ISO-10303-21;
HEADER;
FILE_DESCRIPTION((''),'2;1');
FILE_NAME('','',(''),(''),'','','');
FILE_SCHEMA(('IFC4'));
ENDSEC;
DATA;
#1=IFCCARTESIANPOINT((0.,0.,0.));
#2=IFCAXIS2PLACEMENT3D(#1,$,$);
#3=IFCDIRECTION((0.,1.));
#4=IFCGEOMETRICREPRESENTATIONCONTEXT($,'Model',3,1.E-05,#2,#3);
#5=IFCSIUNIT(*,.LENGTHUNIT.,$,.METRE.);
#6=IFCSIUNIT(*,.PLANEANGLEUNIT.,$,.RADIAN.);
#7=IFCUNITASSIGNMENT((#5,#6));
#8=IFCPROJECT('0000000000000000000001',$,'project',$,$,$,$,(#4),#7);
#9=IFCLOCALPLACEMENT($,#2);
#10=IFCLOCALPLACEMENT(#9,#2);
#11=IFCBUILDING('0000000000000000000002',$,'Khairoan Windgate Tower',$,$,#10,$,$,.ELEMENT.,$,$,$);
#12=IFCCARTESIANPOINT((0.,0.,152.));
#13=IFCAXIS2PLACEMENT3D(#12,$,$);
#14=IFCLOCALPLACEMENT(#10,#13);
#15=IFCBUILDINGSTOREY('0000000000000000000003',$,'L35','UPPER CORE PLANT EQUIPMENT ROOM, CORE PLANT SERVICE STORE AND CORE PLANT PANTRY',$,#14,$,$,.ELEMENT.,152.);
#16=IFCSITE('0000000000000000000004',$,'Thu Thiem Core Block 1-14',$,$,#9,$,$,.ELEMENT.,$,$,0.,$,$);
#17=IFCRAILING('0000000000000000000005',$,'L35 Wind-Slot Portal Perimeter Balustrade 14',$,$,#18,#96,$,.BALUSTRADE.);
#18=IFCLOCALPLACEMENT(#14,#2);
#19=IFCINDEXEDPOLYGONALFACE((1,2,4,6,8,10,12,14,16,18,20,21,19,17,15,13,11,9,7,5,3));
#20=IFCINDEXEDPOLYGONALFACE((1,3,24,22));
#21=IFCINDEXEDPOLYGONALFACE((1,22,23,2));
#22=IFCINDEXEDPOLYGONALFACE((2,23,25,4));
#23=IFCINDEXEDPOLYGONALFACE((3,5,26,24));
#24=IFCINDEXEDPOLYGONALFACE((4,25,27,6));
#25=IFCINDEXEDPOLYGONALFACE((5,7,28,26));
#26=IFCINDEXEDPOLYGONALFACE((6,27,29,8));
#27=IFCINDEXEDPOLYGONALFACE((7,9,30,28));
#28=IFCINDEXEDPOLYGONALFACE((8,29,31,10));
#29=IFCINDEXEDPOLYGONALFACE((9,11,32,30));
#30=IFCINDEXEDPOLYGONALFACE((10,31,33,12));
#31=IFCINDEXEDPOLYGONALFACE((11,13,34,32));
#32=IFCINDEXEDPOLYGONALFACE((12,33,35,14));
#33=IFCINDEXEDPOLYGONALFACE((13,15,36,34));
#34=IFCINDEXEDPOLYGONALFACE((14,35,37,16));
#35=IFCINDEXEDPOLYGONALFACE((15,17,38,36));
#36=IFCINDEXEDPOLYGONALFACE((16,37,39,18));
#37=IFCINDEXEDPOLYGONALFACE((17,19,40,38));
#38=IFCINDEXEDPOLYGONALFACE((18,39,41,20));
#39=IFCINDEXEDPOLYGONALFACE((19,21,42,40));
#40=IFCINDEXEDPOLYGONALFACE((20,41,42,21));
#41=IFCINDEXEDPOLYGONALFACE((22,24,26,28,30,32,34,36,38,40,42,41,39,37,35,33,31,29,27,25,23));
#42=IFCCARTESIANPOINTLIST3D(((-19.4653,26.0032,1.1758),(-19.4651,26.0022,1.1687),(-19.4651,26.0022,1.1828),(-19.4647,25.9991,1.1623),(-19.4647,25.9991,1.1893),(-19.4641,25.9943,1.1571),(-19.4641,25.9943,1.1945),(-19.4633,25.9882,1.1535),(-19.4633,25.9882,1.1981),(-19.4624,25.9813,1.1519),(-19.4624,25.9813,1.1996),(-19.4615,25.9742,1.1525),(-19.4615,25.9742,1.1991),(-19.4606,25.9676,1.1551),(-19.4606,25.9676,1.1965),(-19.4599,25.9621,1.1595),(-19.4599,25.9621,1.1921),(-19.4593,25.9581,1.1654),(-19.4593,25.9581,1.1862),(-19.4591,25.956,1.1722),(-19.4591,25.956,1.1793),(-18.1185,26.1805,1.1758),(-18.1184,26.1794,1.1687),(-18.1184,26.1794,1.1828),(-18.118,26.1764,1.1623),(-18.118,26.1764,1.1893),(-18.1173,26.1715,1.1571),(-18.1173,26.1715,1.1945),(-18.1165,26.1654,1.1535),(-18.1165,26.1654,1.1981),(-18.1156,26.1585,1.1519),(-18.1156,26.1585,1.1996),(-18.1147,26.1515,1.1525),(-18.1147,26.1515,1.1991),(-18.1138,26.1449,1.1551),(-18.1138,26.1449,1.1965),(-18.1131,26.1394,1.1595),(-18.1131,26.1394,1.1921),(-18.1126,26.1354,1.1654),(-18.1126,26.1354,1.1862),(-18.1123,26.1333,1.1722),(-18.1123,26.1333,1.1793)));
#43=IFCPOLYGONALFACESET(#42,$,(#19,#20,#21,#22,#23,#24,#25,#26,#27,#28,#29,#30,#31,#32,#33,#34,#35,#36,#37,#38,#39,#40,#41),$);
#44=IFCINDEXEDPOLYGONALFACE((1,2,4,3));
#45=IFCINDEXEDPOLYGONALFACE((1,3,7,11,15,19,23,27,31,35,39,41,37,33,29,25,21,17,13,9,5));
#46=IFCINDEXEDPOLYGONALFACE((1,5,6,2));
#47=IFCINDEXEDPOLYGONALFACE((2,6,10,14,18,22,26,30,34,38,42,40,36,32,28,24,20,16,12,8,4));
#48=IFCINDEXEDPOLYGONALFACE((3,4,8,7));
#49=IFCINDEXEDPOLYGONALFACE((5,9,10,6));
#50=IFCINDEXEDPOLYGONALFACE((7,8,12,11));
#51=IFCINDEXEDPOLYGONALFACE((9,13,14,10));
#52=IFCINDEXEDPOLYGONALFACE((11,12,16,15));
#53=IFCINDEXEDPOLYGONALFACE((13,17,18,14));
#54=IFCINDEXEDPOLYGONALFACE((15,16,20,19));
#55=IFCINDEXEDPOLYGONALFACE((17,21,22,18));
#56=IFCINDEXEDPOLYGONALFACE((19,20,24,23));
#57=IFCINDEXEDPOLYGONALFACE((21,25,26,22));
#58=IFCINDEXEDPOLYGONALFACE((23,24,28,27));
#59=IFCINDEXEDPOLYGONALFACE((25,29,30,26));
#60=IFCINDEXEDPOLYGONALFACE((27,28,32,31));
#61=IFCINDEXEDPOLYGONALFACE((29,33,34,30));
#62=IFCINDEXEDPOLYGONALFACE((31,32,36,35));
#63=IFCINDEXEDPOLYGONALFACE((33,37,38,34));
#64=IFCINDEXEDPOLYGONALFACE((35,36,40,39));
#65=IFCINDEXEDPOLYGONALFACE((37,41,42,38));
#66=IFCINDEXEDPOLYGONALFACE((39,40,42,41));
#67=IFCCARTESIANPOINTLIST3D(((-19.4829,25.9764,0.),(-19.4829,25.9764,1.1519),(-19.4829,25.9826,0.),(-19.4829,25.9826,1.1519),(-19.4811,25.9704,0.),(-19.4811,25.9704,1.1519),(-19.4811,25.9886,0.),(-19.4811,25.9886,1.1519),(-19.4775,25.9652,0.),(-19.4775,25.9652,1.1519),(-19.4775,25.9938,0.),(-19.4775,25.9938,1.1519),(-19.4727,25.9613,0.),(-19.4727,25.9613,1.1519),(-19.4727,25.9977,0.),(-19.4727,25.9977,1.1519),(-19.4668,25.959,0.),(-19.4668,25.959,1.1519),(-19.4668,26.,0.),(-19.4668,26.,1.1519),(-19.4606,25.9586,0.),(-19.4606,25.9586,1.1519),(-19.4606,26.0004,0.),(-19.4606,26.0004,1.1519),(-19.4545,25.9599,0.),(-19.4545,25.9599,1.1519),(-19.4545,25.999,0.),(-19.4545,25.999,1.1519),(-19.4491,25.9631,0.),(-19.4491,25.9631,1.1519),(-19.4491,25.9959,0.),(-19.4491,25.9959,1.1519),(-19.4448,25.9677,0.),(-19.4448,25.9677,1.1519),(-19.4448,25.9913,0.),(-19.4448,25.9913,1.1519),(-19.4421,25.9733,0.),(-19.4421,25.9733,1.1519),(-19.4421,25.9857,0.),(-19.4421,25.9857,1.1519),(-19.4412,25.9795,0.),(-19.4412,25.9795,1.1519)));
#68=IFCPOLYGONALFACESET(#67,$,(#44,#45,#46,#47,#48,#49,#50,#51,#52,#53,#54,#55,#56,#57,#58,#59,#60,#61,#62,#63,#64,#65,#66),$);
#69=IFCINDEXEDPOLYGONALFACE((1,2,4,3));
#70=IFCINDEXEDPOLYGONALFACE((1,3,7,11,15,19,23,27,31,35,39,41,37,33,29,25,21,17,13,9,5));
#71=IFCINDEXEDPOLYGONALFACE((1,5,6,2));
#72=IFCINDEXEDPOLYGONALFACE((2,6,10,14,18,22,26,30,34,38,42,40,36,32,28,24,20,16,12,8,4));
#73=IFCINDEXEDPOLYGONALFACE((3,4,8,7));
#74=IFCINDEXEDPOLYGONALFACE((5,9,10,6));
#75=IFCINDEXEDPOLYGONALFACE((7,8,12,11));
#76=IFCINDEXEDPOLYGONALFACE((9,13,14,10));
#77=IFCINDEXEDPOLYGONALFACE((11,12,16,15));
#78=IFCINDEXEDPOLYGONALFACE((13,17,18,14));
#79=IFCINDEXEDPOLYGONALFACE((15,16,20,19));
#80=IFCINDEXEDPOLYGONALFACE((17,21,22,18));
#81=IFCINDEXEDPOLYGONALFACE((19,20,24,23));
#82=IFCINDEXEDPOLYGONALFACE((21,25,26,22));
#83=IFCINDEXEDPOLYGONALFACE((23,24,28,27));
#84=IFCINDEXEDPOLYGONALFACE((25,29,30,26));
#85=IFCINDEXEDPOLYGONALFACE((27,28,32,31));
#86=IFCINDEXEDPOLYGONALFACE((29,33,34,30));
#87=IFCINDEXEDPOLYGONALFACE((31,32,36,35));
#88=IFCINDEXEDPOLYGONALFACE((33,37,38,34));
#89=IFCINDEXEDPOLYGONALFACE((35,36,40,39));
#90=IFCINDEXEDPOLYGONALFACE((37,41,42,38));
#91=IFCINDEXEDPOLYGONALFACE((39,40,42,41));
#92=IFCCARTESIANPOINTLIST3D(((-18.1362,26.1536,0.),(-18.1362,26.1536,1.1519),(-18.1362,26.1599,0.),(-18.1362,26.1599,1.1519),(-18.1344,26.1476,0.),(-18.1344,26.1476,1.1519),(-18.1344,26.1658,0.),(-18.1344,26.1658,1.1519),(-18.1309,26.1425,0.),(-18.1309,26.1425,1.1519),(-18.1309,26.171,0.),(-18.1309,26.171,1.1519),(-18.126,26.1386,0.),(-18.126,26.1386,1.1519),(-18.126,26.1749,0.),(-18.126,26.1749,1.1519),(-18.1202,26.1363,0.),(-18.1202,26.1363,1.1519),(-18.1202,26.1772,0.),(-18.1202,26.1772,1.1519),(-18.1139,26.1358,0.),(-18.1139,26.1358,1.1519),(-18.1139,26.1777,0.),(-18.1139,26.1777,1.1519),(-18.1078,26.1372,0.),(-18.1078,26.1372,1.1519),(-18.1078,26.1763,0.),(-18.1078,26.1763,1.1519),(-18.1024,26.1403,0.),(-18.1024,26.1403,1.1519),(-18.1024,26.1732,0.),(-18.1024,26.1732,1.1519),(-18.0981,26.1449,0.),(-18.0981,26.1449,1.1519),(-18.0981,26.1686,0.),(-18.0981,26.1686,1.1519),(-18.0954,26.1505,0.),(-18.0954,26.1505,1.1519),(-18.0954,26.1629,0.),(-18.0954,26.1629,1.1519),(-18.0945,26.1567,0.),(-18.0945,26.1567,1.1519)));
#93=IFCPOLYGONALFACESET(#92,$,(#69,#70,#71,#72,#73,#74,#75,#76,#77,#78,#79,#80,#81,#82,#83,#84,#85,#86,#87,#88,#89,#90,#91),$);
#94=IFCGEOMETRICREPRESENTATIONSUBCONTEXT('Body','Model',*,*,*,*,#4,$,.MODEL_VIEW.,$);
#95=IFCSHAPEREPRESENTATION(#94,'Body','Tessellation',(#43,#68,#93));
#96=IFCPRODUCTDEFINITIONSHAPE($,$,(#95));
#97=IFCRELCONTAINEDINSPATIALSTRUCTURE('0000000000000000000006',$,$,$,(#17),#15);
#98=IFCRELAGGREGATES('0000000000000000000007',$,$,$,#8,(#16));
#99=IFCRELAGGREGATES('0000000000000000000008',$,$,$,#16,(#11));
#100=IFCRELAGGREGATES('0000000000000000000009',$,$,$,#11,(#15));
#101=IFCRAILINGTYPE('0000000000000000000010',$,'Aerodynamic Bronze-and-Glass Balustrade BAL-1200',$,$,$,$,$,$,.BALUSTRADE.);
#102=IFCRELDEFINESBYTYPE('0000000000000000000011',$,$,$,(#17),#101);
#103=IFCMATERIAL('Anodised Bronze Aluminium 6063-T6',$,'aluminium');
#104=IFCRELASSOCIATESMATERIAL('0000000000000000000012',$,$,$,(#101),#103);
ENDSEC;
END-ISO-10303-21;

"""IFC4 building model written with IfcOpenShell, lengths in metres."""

from ifc_helpers import new_model, si_unit, direction, frame, origin, origin_2d, place, context, subcontext, project, spatial, circle, extrude, material, type_object, element, save


model = new_model("IFC4")

# Units and contexts
model_context = context("Model", 3, precision=1e-05, world=origin(), true_north=direction((0.0, 1.0)))
body_context = subcontext(model_context, "Body", "Model", "MODEL_VIEW")
ifc_project = project(units=[si_unit("LENGTHUNIT", "METRE"), si_unit("PLANEANGLEUNIT", "RADIAN")], contexts=[model_context])

# Site, building, storey
site_placement = place(None, origin())
site = spatial("IfcSite", under=ifc_project, at=site_placement, Name="Thu Thiem Core Block 1-14", CompositionType="ELEMENT", RefElevation=0.0)
building_placement = place(site_placement, origin())
building = spatial("IfcBuilding", under=site, at=building_placement, Name="Khairoan Windgate Tower", CompositionType="ELEMENT")
storey_placement = place(building_placement, frame((0.0, 0.0, 152.0)))
storey = spatial("IfcBuildingStorey", under=building, at=storey_placement, Name="L35", Description="UPPER CORE PLANT EQUIPMENT ROOM, CORE PLANT SERVICE STORE AND CORE PLANT PANTRY", CompositionType="ELEMENT", Elevation=152.0)

# Railing
ifc_material_1 = material(Name="Anodised Bronze Aluminium 6063-T6", Category="aluminium")
railing_type_1 = type_object("IfcRailingType", Name="Aerodynamic Bronze-and-Glass Balustrade BAL-1200", PredefinedType="BALUSTRADE", material=ifc_material_1)
railing_1_placement = place(storey_placement, frame((-19.4622, 25.9795, 0.0)))
element("IfcRailing", 1, at=railing_1_placement, inside=storey, type_object=railing_type_1, Name="L35 Wind-Slot Portal Perimeter Balustrade 14", PredefinedType="BALUSTRADE", context=body_context, shape_type="SweptSolid", body=[
    extrude(circle(Radius=0.0239, at=origin_2d()), frame((0.0, 0.0, 1.1758), z_axis=(0.991449, 0.130492, 0.0), x_axis=(-0.130492, 0.991449, 0.0)), (0.0, 0.0, 1.0), 1.3584),
    extrude(circle(Radius=0.021, at=origin_2d()), origin(), (0.0, 0.0, 1.0), 1.1519),
    extrude(circle(Radius=0.021, at=origin_2d()), frame((1.3467, 0.1772, 0.0)), (0.0, 0.0, 1.0), 1.1519),
])

save(model, "model.ifc")
